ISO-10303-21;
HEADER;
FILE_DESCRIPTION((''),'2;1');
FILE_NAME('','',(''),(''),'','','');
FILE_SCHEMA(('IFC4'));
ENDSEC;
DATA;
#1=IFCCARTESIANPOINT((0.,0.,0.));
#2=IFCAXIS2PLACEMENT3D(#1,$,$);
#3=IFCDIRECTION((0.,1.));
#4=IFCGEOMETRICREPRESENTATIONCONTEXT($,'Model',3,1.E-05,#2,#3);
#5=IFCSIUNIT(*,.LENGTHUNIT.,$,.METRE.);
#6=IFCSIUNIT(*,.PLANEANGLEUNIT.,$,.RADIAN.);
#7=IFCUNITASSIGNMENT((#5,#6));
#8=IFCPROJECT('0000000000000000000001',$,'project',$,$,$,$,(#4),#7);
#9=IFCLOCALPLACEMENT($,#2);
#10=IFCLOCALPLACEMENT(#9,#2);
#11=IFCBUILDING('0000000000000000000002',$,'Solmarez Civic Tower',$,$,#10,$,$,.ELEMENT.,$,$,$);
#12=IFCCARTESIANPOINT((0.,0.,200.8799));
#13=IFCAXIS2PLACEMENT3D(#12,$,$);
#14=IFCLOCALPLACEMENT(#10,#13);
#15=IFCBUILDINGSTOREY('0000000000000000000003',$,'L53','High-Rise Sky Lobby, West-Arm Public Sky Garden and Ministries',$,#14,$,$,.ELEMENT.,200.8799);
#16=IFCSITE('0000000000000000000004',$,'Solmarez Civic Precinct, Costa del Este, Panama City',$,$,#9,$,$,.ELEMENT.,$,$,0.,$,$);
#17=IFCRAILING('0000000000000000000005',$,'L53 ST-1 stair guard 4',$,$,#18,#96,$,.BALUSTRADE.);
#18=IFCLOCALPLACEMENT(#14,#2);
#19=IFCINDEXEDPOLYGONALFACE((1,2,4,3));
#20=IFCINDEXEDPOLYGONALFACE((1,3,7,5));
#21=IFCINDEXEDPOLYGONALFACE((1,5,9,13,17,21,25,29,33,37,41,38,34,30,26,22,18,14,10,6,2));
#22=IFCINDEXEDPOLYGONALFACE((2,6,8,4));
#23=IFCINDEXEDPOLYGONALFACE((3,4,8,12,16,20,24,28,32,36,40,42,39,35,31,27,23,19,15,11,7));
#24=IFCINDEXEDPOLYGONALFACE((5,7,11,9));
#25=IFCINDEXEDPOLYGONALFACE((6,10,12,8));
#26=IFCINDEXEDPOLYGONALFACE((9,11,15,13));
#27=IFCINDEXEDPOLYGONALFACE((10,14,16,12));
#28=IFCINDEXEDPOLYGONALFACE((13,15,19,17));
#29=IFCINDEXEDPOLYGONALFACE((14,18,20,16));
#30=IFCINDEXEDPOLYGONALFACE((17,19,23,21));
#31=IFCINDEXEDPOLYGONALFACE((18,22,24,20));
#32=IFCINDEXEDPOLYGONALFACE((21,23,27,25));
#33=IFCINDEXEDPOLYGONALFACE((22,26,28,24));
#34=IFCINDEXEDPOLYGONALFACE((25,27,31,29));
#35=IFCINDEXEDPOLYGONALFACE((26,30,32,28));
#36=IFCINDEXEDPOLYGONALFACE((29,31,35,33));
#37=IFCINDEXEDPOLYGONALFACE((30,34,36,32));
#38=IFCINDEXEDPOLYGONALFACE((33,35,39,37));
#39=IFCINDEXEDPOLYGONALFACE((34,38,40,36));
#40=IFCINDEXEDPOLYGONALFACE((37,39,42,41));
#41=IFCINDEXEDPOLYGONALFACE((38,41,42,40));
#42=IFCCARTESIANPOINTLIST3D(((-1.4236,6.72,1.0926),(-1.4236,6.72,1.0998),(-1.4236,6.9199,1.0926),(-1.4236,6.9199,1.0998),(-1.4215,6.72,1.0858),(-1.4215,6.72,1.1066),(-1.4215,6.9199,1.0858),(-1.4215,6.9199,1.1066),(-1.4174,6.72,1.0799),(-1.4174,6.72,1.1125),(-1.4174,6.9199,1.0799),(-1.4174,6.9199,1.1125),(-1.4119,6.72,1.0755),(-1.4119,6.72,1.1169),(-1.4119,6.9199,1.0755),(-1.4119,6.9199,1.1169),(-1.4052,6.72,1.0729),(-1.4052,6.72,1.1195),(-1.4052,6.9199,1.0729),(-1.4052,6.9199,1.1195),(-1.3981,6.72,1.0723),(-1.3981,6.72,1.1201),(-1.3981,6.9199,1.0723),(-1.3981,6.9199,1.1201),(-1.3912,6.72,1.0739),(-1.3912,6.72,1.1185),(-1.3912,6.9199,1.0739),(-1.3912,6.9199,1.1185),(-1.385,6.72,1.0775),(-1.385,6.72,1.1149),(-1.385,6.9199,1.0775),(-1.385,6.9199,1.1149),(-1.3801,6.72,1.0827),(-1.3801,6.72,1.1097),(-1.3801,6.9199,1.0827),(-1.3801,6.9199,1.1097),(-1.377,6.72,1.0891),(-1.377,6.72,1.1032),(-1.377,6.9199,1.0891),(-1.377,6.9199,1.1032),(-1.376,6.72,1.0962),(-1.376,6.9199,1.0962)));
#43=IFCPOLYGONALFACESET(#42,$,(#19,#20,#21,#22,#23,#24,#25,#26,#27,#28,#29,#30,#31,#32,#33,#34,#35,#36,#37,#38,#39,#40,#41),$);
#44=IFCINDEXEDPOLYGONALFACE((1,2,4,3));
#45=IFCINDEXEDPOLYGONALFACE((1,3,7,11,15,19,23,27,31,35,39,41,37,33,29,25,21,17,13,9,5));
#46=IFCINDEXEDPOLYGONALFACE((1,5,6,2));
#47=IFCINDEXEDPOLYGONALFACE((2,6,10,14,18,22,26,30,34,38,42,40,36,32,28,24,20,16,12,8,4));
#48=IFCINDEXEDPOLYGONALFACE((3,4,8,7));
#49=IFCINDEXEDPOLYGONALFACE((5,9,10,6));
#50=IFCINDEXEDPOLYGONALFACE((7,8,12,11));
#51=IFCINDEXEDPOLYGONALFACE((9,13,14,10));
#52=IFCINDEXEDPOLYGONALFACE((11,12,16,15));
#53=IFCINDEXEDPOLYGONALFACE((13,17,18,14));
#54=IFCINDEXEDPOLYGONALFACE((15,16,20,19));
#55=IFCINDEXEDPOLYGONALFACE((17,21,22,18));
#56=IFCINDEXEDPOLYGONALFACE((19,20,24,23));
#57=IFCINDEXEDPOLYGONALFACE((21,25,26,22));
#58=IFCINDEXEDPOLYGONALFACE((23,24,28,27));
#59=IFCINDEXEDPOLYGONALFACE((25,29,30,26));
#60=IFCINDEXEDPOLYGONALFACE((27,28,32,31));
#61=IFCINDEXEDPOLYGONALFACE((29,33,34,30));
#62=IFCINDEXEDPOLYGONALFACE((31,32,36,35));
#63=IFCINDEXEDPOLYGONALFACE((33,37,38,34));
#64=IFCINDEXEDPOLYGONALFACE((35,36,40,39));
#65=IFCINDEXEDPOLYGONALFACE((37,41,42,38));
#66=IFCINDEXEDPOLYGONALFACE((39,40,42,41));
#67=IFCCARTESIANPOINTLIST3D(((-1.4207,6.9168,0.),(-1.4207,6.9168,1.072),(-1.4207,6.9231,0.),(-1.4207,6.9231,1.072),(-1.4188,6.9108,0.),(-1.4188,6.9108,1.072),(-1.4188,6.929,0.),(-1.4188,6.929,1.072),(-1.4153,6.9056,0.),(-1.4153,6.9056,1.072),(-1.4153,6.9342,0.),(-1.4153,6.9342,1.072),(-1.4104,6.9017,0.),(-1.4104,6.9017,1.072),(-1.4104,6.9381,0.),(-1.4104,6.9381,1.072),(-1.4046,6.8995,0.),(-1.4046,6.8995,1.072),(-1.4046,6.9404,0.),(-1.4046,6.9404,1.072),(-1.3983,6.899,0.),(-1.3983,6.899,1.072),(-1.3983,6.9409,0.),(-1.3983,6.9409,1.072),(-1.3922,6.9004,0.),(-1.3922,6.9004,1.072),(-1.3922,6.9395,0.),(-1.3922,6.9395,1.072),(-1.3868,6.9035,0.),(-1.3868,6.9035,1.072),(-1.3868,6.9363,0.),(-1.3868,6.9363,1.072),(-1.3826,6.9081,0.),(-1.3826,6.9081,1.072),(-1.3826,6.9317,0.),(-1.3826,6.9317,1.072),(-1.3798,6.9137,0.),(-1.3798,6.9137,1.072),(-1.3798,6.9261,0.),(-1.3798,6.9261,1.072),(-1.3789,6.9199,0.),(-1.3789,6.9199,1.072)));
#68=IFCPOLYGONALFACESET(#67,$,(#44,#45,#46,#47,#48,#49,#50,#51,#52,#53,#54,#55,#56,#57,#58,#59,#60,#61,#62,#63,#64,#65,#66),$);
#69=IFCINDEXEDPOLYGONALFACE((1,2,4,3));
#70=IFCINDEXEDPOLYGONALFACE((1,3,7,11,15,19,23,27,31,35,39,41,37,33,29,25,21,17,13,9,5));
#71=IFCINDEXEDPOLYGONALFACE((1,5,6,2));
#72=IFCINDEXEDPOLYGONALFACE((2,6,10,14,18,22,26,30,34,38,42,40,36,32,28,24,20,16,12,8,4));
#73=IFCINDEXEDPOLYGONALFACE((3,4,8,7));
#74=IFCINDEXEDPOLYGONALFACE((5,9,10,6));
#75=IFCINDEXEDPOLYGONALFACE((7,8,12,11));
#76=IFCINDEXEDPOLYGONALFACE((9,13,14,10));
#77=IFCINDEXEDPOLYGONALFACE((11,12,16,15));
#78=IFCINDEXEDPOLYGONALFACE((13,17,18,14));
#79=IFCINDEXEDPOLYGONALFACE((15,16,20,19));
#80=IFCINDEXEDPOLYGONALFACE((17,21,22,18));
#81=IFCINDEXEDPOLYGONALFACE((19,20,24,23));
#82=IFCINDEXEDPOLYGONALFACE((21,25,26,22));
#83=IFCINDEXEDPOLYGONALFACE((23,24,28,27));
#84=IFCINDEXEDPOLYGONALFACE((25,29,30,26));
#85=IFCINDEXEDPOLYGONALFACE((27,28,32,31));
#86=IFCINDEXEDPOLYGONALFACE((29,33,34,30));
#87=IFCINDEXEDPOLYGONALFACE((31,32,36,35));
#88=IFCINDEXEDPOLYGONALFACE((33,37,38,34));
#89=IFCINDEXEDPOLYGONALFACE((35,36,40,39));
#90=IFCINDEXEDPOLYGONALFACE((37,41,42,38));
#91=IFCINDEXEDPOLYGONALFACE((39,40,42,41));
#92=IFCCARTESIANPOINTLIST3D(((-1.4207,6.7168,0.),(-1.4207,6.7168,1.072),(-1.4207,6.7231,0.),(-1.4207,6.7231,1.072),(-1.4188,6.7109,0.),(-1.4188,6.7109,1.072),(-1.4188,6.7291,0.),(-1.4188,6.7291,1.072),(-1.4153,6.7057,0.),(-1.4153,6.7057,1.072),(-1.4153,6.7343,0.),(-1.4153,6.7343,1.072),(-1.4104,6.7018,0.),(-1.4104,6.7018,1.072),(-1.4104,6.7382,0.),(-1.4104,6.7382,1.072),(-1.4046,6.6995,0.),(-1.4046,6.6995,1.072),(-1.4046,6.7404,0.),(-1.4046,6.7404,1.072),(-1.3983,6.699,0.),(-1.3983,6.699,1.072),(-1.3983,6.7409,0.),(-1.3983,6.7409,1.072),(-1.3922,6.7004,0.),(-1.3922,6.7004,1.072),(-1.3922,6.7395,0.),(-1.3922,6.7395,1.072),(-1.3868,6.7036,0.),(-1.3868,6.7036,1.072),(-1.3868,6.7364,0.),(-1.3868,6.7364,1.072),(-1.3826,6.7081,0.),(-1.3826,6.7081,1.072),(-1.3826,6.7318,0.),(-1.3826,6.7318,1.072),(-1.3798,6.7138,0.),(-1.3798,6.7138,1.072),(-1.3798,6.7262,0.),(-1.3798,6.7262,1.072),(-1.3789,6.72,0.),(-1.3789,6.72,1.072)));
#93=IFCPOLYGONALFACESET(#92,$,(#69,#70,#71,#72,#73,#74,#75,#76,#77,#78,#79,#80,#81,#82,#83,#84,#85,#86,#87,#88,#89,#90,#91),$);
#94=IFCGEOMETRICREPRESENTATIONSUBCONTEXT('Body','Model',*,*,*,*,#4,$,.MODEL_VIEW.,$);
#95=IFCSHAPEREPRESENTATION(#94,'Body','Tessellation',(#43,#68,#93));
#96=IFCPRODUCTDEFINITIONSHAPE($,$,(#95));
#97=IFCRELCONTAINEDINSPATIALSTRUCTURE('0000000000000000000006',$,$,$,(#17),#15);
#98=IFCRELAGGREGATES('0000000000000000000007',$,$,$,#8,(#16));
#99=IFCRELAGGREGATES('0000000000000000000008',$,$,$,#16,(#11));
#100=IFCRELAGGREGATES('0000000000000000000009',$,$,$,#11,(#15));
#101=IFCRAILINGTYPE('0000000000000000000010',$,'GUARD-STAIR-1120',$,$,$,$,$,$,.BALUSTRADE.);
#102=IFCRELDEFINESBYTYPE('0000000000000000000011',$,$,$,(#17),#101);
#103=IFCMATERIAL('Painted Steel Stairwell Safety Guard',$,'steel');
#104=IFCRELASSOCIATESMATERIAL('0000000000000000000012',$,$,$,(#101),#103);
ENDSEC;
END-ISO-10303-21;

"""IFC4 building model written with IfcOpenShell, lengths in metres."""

from ifc_helpers import new_model, si_unit, direction, frame, origin, origin_2d, place, context, subcontext, project, spatial, circle, extrude, material, type_object, element, save


model = new_model("IFC4")

# Units and contexts
model_context = context("Model", 3, precision=1e-05, world=origin(), true_north=direction((0.0, 1.0)))
body_context = subcontext(model_context, "Body", "Model", "MODEL_VIEW")
ifc_project = project(units=[si_unit("LENGTHUNIT", "METRE"), si_unit("PLANEANGLEUNIT", "RADIAN")], contexts=[model_context])

# Site, building, storey
site_placement = place(None, origin())
site = spatial("IfcSite", under=ifc_project, at=site_placement, Name="Solmarez Civic Precinct, Costa del Este, Panama City", CompositionType="ELEMENT", RefElevation=0.0)
building_placement = place(site_placement, origin())
building = spatial("IfcBuilding", under=site, at=building_placement, Name="Solmarez Civic Tower", CompositionType="ELEMENT")
storey_placement = place(building_placement, frame((0.0, 0.0, 200.8799)))
storey = spatial("IfcBuildingStorey", under=building, at=storey_placement, Name="L53", Description="High-Rise Sky Lobby, West-Arm Public Sky Garden and Ministries", CompositionType="ELEMENT", Elevation=200.8799)

# Railing
ifc_material_1 = material(Name="Painted Steel Stairwell Safety Guard", Category="steel")
railing_type_1 = type_object("IfcRailingType", Name="GUARD-STAIR-1120", PredefinedType="BALUSTRADE", material=ifc_material_1)
railing_1_placement = place(storey_placement, frame((-1.3999, 6.9199, 0.0)))
element("IfcRailing", 1, at=railing_1_placement, inside=storey, type_object=railing_type_1, Name="L53 ST-1 stair guard 4", PredefinedType="BALUSTRADE", context=body_context, shape_type="SweptSolid", body=[
    extrude(circle(Radius=0.0239, at=origin_2d()), frame((0.0, 0.0, 1.0962), z_axis=(0.0, -1.0, 0.0), x_axis=(1.0, 0.0, 0.0)), (0.0, 0.0, 1.0), 0.2),
    extrude(circle(Radius=0.021, at=origin_2d()), origin(), (0.0, 0.0, 1.0), 1.072),
    extrude(circle(Radius=0.021, at=origin_2d()), frame((0.0, -0.2, 0.0)), (0.0, 0.0, 1.0), 1.072),
])

save(model, "model.ifc")
